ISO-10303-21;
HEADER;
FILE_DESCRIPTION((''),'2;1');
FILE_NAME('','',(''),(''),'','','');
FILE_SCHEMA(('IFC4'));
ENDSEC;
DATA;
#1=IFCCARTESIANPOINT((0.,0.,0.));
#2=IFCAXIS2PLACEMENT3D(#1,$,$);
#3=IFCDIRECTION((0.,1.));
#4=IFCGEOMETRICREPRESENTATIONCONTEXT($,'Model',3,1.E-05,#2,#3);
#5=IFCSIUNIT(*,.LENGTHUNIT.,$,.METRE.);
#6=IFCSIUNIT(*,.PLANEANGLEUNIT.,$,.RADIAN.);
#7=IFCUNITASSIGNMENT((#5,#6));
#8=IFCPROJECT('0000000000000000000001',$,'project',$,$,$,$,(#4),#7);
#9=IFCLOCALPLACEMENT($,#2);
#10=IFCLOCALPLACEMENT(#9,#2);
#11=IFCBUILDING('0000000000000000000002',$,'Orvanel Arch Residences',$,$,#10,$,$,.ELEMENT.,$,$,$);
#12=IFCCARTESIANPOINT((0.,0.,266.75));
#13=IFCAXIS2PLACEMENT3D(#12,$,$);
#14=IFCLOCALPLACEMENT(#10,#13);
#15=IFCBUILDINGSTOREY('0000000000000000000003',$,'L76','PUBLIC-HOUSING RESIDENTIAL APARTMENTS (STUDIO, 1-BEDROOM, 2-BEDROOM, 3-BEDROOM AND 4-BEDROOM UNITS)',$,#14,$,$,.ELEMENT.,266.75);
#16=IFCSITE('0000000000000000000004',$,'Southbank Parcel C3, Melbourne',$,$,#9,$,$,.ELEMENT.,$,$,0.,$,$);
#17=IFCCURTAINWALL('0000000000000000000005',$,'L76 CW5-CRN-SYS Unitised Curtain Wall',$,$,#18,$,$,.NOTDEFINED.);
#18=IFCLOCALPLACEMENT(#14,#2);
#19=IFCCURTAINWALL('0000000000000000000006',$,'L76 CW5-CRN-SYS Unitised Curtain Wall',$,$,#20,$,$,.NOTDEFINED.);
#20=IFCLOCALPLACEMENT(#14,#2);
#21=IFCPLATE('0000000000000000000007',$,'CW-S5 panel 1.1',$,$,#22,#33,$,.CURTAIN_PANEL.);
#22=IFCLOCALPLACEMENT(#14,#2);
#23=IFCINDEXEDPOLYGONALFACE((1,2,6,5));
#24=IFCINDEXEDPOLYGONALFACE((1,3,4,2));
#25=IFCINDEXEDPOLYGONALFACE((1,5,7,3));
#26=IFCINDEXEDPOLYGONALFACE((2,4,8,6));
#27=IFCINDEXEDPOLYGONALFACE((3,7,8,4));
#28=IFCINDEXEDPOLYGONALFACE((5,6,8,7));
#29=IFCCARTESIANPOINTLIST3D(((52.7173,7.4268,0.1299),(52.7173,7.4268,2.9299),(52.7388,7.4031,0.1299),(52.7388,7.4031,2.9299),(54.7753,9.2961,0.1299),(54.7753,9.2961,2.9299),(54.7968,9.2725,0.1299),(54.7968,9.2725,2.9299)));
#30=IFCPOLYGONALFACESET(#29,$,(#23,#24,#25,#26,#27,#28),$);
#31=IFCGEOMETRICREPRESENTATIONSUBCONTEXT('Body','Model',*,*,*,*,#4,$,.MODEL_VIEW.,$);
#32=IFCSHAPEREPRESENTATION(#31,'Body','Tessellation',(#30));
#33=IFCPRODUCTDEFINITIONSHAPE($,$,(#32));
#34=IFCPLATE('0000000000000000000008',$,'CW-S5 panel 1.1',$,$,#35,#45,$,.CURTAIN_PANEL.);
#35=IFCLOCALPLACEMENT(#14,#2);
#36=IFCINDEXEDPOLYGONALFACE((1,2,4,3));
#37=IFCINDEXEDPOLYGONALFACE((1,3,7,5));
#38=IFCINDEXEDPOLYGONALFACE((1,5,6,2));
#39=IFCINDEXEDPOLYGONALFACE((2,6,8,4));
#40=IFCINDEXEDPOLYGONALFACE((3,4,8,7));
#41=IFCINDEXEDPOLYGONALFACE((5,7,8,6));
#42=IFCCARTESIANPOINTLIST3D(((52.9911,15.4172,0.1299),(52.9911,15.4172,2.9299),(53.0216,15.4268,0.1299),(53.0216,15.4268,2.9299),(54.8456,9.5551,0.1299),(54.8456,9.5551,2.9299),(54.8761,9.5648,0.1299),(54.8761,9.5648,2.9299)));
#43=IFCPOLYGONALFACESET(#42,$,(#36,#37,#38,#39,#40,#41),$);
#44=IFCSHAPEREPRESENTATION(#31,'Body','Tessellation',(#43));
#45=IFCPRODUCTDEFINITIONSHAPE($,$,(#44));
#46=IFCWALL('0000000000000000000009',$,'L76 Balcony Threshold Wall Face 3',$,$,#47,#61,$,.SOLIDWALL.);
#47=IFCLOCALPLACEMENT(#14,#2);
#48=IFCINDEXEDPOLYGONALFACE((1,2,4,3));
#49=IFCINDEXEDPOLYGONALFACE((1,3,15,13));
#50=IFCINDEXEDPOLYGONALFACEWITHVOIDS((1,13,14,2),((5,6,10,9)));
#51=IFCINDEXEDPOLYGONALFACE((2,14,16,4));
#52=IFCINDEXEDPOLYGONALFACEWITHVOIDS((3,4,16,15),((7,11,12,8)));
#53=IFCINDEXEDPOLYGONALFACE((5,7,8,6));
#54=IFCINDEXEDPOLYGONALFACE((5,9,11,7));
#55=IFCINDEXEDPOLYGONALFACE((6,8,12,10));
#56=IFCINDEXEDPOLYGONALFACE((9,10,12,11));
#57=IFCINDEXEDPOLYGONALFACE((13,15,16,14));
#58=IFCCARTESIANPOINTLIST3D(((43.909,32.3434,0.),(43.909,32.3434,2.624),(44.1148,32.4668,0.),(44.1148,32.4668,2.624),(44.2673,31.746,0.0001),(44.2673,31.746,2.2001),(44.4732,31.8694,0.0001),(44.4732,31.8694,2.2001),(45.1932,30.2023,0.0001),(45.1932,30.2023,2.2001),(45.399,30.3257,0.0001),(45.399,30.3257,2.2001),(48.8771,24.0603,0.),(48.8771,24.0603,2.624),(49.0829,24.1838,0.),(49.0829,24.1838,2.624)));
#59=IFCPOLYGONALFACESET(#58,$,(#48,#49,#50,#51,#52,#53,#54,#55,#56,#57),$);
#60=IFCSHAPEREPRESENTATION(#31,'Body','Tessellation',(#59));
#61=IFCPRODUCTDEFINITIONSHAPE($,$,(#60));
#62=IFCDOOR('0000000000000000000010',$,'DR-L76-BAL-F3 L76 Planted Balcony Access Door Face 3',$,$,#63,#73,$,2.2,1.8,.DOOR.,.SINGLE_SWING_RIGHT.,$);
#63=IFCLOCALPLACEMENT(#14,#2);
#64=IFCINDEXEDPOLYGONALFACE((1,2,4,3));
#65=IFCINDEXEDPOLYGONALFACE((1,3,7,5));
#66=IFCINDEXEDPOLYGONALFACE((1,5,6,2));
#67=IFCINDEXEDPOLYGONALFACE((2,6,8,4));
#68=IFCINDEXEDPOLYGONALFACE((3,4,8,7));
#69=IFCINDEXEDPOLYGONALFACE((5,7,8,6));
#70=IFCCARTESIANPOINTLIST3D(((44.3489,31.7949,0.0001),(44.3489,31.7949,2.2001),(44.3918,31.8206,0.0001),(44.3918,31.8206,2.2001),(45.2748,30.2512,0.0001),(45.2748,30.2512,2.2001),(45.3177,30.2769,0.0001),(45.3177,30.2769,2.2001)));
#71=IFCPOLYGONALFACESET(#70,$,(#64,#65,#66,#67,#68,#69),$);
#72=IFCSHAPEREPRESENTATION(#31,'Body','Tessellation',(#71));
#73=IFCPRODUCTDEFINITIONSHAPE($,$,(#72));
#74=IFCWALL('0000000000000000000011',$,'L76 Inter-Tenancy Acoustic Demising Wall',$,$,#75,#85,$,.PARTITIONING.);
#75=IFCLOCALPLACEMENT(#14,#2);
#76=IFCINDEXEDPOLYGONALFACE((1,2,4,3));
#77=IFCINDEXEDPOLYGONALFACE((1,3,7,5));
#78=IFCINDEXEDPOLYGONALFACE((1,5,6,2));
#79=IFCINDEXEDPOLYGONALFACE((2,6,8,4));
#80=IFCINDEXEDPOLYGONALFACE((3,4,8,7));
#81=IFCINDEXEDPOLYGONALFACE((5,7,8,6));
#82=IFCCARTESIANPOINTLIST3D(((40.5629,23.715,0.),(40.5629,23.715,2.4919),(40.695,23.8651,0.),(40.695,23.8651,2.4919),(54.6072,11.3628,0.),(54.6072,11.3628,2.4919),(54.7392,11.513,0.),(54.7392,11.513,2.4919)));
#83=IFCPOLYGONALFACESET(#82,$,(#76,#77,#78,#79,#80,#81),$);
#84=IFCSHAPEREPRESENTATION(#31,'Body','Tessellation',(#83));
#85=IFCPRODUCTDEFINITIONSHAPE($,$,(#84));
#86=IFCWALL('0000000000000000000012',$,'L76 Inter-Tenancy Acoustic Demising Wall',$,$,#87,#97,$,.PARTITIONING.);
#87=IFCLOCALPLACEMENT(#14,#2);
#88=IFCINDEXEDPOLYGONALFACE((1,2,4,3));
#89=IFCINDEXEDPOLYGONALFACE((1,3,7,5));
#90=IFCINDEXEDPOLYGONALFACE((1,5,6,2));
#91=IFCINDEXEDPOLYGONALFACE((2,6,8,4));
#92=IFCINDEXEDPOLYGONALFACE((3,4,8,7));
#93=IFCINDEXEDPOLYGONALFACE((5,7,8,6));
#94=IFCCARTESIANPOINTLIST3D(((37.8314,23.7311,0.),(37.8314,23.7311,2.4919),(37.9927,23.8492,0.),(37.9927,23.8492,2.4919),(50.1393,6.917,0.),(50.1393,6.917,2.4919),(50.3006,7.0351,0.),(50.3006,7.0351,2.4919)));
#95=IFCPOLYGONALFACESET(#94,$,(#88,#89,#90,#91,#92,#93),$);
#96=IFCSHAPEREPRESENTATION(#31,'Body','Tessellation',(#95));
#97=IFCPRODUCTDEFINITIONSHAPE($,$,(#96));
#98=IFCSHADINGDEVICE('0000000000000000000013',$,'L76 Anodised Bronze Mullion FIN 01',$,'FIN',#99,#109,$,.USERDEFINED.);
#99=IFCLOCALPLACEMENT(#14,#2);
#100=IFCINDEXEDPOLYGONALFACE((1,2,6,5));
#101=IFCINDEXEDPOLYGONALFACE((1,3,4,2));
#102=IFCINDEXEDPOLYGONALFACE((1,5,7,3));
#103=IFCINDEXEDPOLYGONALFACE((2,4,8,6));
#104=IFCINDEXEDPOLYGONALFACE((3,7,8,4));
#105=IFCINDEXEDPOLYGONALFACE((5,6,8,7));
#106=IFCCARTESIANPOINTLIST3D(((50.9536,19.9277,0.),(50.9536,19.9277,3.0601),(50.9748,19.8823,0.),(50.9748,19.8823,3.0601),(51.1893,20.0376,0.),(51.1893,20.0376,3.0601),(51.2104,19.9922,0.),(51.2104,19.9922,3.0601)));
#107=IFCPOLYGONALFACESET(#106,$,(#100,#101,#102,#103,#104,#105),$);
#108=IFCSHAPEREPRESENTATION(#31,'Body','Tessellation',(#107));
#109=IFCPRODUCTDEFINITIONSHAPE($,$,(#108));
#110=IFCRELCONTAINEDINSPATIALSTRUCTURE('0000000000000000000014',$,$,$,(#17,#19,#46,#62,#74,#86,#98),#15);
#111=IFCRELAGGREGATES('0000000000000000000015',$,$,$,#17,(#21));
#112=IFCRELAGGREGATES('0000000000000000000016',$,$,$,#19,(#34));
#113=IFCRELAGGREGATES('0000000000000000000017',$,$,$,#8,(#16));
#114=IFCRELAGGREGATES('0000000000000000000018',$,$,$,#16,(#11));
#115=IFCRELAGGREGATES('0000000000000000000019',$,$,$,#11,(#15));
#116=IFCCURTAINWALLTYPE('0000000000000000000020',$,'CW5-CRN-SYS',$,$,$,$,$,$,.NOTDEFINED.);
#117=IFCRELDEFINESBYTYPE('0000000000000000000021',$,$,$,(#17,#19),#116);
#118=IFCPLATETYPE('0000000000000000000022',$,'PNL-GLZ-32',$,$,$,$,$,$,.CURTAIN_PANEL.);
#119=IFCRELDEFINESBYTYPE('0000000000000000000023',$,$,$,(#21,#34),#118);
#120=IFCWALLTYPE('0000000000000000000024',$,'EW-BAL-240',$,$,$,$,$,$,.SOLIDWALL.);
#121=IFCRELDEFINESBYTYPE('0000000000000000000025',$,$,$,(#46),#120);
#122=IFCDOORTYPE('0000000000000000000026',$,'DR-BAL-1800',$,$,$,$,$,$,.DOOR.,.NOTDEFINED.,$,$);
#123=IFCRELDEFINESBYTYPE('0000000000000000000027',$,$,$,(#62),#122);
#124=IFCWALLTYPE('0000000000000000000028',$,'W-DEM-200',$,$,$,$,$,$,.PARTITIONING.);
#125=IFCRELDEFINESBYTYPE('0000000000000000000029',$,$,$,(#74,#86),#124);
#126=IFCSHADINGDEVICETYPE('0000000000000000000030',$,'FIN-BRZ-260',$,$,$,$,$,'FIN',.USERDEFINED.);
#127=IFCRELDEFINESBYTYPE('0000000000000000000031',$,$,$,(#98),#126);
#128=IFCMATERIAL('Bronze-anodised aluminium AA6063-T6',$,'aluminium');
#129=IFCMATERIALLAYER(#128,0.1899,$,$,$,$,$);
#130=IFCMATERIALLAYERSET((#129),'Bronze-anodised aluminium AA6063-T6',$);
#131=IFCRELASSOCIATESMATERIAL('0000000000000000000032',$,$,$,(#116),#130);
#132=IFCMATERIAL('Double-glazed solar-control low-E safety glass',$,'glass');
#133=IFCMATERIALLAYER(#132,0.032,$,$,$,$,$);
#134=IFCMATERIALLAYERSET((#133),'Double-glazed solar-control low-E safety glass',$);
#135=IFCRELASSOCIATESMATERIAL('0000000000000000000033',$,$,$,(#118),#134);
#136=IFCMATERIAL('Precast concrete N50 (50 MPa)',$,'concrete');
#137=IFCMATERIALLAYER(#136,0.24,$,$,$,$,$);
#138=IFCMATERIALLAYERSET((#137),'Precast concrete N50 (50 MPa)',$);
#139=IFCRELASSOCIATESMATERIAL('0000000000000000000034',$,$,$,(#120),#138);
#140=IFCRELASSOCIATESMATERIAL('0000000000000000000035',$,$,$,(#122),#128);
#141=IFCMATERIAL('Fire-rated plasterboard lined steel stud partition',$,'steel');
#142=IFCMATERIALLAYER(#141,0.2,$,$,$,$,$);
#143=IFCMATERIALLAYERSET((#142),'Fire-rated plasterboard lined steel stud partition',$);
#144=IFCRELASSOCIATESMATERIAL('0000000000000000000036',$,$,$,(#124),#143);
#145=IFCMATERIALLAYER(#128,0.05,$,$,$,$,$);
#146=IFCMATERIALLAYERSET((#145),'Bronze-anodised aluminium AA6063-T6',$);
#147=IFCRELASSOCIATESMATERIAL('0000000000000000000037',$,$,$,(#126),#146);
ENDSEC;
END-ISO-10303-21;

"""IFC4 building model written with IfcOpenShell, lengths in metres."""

from ifc_helpers import new_model, si_unit, direction, frame, frame_2d, origin, origin_2d, place, context, subcontext, project, spatial, rectangle, extrude, material, layer, layer_set, type_object, element, fill, aggregate, save


model = new_model("IFC4")

# Units and contexts
model_context = context("Model", 3, precision=1e-05, world=origin(), true_north=direction((0.0, 1.0)))
body_context = subcontext(model_context, "Body", "Model", "MODEL_VIEW")
ifc_project = project(units=[si_unit("LENGTHUNIT", "METRE"), si_unit("PLANEANGLEUNIT", "RADIAN")], contexts=[model_context])

# Site, building, storey
site_placement = place(None, origin())
site = spatial("IfcSite", under=ifc_project, at=site_placement, Name="Southbank Parcel C3, Melbourne", CompositionType="ELEMENT", RefElevation=0.0)
building_placement = place(site_placement, origin())
building = spatial("IfcBuilding", under=site, at=building_placement, Name="Orvanel Arch Residences", CompositionType="ELEMENT")
storey_placement = place(building_placement, frame((0.0, 0.0, 266.75)))
storey = spatial("IfcBuildingStorey", under=building, at=storey_placement, Name="L76", Description="PUBLIC-HOUSING RESIDENTIAL APARTMENTS (STUDIO, 1-BEDROOM, 2-BEDROOM, 3-BEDROOM AND 4-BEDROOM UNITS)", CompositionType="ELEMENT", Elevation=266.75)

# Curtain walls
ifc_material_1 = material(Name="Bronze-anodised aluminium AA6063-T6", Category="aluminium")
ifc_layer_1 = layer(ifc_material_1, 0.1899)
ifc_layer_set_1 = layer_set([ifc_layer_1], Name="Bronze-anodised aluminium AA6063-T6")
curtain_wall_type_1 = type_object("IfcCurtainWallType", Name="CW5-CRN-SYS", PredefinedType="NOTDEFINED", material=ifc_layer_set_1)
curtain_wall_1_placement = place(storey_placement, origin())
curtain_wall_1 = element("IfcCurtainWall", 1, at=curtain_wall_1_placement, inside=storey, type_object=curtain_wall_type_1, Name="L76 CW5-CRN-SYS Unitised Curtain Wall", PredefinedType="NOTDEFINED")
curtain_wall_2_placement = place(storey_placement, origin())
curtain_wall_2 = element("IfcCurtainWall", 2, at=curtain_wall_2_placement, inside=storey, type_object=curtain_wall_type_1, Name="L76 CW5-CRN-SYS Unitised Curtain Wall", PredefinedType="NOTDEFINED")

# Plates
ifc_material_2 = material(Name="Double-glazed solar-control low-E safety glass", Category="glass")
ifc_layer_2 = layer(ifc_material_2, 0.032)
ifc_layer_set_2 = layer_set([ifc_layer_2], Name="Double-glazed solar-control low-E safety glass")
plate_type_1 = type_object("IfcPlateType", Name="PNL-GLZ-32", PredefinedType="CURTAIN_PANEL", material=ifc_layer_set_2)
plate_1_placement = place(storey_placement, frame((53.7571, 8.3496, 0.1299), z_axis=(0.0, 0.0, 1.0), x_axis=(0.740219, 0.672366, 0.0)))
plate_1 = element("IfcPlate", 3, at=plate_1_placement, type_object=plate_type_1, Name="CW-S5 panel 1.1", PredefinedType="CURTAIN_PANEL", context=body_context, shape_type="SweptSolid", body=[
    extrude(rectangle(XDim=2.7803, YDim=0.032, at=origin_2d()), origin(), (0.0, 0.0, 1.0), 2.8),
])
aggregate(curtain_wall_1, [plate_1])
plate_2_placement = place(storey_placement, frame((53.9336, 12.491, 0.1299), z_axis=(0.0, 0.0, 1.0), x_axis=(-0.301629, 0.953426, 0.0)))
plate_2 = element("IfcPlate", 4, at=plate_2_placement, type_object=plate_type_1, Name="CW-S5 panel 1.1", PredefinedType="CURTAIN_PANEL", context=body_context, shape_type="SweptSolid", body=[
    extrude(rectangle(XDim=6.1484, YDim=0.032, at=origin_2d()), origin(), (0.0, 0.0, 1.0), 2.8),
])
aggregate(curtain_wall_2, [plate_2])

# Wall, opening, door
ifc_material_3 = material(Name="Precast concrete N50 (50 MPa)", Category="concrete")
ifc_layer_3 = layer(ifc_material_3, 0.24)
ifc_layer_set_3 = layer_set([ifc_layer_3], Name="Precast concrete N50 (50 MPa)")
wall_type_1 = type_object("IfcWallType", Name="EW-BAL-240", PredefinedType="SOLIDWALL", material=ifc_layer_set_3)
wall_1_placement = place(storey_placement, frame((48.98, 24.1221, 0.0), z_axis=(0.0, 0.0, 1.0), x_axis=(-0.514362, 0.857573, 0.0)))
wall_1 = element("IfcWall", 5, at=wall_1_placement, inside=storey, type_object=wall_type_1, Name="L76 Balcony Threshold Wall Face 3", PredefinedType="SOLIDWALL", context=body_context, shape_type="SweptSolid", body=[
    extrude(rectangle(XDim=9.6587, YDim=0.24, at=frame_2d((4.8293, 0.0))), origin(), (0.0, 0.0, 1.0), 2.624),
])
opening_placement = place(wall_1_placement, frame((7.1621, 0.0, 0.0)))
opening = element("IfcOpeningElement", 6, at=opening_placement, cuts=wall_1, PredefinedType="OPENING", context=body_context, shape_type="SweptSolid", body=[
    extrude(rectangle(XDim=1.8, YDim=2.2, at=frame_2d((0.8999, 1.1001))), frame((0.0, 0.1299, 0.0), z_axis=(0.0, -1.0, 0.0), x_axis=(1.0, 0.0, 0.0)), (0.0, 0.0, 1.0), 0.26),
])
door_type = type_object("IfcDoorType", Name="DR-BAL-1800", OperationType="NOTDEFINED", PredefinedType="DOOR", material=ifc_material_1)
door_placement = place(opening_placement, origin())
door = element("IfcDoor", 7, at=door_placement, inside=storey, type_object=door_type, Name="DR-L76-BAL-F3 L76 Planted Balcony Access Door Face 3", OperationType="SINGLE_SWING_RIGHT", OverallHeight=2.2, OverallWidth=1.8, PredefinedType="DOOR", context=body_context, shape_type="SweptSolid", body=[
    extrude(rectangle(XDim=1.8, YDim=2.2, at=frame_2d((0.8999, 1.1001))), frame((0.0, 0.0249, 0.0), z_axis=(0.0, -1.0, 0.0), x_axis=(1.0, 0.0, 0.0)), (0.0, 0.0, 1.0), 0.05),
])
fill(opening, door)

# Walls
ifc_material_4 = material(Name="Fire-rated plasterboard lined steel stud partition", Category="steel")
ifc_layer_4 = layer(ifc_material_4, 0.2)
ifc_layer_set_4 = layer_set([ifc_layer_4], Name="Fire-rated plasterboard lined steel stud partition")
wall_type_2 = type_object("IfcWallType", Name="W-DEM-200", PredefinedType="PARTITIONING", material=ifc_layer_set_4)
wall_2_placement = place(storey_placement, frame((54.6731, 11.438, 0.0), z_axis=(0.0, 0.0, 1.0), x_axis=(-0.750895, 0.660422, 0.0)))
element("IfcWall", 8, at=wall_2_placement, inside=storey, type_object=wall_type_2, Name="L76 Inter-Tenancy Acoustic Demising Wall", PredefinedType="PARTITIONING", context=body_context, shape_type="SweptSolid", body=[
    extrude(rectangle(XDim=18.7034, YDim=0.2, at=frame_2d((9.3516, 0.0))), origin(), (0.0, 0.0, 1.0), 2.4919),
])
wall_3_placement = place(storey_placement, frame((50.22, 6.9761, 0.0), z_axis=(0.0, 0.0, 1.0), x_axis=(-0.590665, 0.806917, 0.0)))
element("IfcWall", 9, at=wall_3_placement, inside=storey, type_object=wall_type_2, Name="L76 Inter-Tenancy Acoustic Demising Wall", PredefinedType="PARTITIONING", context=body_context, shape_type="SweptSolid", body=[
    extrude(rectangle(XDim=20.8374, YDim=0.2, at=frame_2d((10.4187, 0.0))), origin(), (0.0, 0.0, 1.0), 2.4919),
])

# Shading device
ifc_layer_5 = layer(ifc_material_1, 0.05)
ifc_layer_set_5 = layer_set([ifc_layer_5], Name="Bronze-anodised aluminium AA6063-T6")
shading_device_type = type_object("IfcShadingDeviceType", Name="FIN-BRZ-260", ElementType="FIN", PredefinedType="USERDEFINED", material=ifc_layer_set_5)
shading_device_placement = place(storey_placement, frame((51.082, 19.96, 0.0), z_axis=(0.0, 0.0, 1.0), x_axis=(0.906308, 0.422618, 0.0)))
element("IfcShadingDevice", 10, at=shading_device_placement, inside=storey, type_object=shading_device_type, Name="L76 Anodised Bronze Mullion FIN 01", ObjectType="FIN", PredefinedType="USERDEFINED", context=body_context, shape_type="SweptSolid", body=[
    extrude(rectangle(XDim=0.26, YDim=0.05, at=origin_2d()), origin(), (0.0, 0.0, 1.0), 3.0601),
])

save(model, "model.ifc")
